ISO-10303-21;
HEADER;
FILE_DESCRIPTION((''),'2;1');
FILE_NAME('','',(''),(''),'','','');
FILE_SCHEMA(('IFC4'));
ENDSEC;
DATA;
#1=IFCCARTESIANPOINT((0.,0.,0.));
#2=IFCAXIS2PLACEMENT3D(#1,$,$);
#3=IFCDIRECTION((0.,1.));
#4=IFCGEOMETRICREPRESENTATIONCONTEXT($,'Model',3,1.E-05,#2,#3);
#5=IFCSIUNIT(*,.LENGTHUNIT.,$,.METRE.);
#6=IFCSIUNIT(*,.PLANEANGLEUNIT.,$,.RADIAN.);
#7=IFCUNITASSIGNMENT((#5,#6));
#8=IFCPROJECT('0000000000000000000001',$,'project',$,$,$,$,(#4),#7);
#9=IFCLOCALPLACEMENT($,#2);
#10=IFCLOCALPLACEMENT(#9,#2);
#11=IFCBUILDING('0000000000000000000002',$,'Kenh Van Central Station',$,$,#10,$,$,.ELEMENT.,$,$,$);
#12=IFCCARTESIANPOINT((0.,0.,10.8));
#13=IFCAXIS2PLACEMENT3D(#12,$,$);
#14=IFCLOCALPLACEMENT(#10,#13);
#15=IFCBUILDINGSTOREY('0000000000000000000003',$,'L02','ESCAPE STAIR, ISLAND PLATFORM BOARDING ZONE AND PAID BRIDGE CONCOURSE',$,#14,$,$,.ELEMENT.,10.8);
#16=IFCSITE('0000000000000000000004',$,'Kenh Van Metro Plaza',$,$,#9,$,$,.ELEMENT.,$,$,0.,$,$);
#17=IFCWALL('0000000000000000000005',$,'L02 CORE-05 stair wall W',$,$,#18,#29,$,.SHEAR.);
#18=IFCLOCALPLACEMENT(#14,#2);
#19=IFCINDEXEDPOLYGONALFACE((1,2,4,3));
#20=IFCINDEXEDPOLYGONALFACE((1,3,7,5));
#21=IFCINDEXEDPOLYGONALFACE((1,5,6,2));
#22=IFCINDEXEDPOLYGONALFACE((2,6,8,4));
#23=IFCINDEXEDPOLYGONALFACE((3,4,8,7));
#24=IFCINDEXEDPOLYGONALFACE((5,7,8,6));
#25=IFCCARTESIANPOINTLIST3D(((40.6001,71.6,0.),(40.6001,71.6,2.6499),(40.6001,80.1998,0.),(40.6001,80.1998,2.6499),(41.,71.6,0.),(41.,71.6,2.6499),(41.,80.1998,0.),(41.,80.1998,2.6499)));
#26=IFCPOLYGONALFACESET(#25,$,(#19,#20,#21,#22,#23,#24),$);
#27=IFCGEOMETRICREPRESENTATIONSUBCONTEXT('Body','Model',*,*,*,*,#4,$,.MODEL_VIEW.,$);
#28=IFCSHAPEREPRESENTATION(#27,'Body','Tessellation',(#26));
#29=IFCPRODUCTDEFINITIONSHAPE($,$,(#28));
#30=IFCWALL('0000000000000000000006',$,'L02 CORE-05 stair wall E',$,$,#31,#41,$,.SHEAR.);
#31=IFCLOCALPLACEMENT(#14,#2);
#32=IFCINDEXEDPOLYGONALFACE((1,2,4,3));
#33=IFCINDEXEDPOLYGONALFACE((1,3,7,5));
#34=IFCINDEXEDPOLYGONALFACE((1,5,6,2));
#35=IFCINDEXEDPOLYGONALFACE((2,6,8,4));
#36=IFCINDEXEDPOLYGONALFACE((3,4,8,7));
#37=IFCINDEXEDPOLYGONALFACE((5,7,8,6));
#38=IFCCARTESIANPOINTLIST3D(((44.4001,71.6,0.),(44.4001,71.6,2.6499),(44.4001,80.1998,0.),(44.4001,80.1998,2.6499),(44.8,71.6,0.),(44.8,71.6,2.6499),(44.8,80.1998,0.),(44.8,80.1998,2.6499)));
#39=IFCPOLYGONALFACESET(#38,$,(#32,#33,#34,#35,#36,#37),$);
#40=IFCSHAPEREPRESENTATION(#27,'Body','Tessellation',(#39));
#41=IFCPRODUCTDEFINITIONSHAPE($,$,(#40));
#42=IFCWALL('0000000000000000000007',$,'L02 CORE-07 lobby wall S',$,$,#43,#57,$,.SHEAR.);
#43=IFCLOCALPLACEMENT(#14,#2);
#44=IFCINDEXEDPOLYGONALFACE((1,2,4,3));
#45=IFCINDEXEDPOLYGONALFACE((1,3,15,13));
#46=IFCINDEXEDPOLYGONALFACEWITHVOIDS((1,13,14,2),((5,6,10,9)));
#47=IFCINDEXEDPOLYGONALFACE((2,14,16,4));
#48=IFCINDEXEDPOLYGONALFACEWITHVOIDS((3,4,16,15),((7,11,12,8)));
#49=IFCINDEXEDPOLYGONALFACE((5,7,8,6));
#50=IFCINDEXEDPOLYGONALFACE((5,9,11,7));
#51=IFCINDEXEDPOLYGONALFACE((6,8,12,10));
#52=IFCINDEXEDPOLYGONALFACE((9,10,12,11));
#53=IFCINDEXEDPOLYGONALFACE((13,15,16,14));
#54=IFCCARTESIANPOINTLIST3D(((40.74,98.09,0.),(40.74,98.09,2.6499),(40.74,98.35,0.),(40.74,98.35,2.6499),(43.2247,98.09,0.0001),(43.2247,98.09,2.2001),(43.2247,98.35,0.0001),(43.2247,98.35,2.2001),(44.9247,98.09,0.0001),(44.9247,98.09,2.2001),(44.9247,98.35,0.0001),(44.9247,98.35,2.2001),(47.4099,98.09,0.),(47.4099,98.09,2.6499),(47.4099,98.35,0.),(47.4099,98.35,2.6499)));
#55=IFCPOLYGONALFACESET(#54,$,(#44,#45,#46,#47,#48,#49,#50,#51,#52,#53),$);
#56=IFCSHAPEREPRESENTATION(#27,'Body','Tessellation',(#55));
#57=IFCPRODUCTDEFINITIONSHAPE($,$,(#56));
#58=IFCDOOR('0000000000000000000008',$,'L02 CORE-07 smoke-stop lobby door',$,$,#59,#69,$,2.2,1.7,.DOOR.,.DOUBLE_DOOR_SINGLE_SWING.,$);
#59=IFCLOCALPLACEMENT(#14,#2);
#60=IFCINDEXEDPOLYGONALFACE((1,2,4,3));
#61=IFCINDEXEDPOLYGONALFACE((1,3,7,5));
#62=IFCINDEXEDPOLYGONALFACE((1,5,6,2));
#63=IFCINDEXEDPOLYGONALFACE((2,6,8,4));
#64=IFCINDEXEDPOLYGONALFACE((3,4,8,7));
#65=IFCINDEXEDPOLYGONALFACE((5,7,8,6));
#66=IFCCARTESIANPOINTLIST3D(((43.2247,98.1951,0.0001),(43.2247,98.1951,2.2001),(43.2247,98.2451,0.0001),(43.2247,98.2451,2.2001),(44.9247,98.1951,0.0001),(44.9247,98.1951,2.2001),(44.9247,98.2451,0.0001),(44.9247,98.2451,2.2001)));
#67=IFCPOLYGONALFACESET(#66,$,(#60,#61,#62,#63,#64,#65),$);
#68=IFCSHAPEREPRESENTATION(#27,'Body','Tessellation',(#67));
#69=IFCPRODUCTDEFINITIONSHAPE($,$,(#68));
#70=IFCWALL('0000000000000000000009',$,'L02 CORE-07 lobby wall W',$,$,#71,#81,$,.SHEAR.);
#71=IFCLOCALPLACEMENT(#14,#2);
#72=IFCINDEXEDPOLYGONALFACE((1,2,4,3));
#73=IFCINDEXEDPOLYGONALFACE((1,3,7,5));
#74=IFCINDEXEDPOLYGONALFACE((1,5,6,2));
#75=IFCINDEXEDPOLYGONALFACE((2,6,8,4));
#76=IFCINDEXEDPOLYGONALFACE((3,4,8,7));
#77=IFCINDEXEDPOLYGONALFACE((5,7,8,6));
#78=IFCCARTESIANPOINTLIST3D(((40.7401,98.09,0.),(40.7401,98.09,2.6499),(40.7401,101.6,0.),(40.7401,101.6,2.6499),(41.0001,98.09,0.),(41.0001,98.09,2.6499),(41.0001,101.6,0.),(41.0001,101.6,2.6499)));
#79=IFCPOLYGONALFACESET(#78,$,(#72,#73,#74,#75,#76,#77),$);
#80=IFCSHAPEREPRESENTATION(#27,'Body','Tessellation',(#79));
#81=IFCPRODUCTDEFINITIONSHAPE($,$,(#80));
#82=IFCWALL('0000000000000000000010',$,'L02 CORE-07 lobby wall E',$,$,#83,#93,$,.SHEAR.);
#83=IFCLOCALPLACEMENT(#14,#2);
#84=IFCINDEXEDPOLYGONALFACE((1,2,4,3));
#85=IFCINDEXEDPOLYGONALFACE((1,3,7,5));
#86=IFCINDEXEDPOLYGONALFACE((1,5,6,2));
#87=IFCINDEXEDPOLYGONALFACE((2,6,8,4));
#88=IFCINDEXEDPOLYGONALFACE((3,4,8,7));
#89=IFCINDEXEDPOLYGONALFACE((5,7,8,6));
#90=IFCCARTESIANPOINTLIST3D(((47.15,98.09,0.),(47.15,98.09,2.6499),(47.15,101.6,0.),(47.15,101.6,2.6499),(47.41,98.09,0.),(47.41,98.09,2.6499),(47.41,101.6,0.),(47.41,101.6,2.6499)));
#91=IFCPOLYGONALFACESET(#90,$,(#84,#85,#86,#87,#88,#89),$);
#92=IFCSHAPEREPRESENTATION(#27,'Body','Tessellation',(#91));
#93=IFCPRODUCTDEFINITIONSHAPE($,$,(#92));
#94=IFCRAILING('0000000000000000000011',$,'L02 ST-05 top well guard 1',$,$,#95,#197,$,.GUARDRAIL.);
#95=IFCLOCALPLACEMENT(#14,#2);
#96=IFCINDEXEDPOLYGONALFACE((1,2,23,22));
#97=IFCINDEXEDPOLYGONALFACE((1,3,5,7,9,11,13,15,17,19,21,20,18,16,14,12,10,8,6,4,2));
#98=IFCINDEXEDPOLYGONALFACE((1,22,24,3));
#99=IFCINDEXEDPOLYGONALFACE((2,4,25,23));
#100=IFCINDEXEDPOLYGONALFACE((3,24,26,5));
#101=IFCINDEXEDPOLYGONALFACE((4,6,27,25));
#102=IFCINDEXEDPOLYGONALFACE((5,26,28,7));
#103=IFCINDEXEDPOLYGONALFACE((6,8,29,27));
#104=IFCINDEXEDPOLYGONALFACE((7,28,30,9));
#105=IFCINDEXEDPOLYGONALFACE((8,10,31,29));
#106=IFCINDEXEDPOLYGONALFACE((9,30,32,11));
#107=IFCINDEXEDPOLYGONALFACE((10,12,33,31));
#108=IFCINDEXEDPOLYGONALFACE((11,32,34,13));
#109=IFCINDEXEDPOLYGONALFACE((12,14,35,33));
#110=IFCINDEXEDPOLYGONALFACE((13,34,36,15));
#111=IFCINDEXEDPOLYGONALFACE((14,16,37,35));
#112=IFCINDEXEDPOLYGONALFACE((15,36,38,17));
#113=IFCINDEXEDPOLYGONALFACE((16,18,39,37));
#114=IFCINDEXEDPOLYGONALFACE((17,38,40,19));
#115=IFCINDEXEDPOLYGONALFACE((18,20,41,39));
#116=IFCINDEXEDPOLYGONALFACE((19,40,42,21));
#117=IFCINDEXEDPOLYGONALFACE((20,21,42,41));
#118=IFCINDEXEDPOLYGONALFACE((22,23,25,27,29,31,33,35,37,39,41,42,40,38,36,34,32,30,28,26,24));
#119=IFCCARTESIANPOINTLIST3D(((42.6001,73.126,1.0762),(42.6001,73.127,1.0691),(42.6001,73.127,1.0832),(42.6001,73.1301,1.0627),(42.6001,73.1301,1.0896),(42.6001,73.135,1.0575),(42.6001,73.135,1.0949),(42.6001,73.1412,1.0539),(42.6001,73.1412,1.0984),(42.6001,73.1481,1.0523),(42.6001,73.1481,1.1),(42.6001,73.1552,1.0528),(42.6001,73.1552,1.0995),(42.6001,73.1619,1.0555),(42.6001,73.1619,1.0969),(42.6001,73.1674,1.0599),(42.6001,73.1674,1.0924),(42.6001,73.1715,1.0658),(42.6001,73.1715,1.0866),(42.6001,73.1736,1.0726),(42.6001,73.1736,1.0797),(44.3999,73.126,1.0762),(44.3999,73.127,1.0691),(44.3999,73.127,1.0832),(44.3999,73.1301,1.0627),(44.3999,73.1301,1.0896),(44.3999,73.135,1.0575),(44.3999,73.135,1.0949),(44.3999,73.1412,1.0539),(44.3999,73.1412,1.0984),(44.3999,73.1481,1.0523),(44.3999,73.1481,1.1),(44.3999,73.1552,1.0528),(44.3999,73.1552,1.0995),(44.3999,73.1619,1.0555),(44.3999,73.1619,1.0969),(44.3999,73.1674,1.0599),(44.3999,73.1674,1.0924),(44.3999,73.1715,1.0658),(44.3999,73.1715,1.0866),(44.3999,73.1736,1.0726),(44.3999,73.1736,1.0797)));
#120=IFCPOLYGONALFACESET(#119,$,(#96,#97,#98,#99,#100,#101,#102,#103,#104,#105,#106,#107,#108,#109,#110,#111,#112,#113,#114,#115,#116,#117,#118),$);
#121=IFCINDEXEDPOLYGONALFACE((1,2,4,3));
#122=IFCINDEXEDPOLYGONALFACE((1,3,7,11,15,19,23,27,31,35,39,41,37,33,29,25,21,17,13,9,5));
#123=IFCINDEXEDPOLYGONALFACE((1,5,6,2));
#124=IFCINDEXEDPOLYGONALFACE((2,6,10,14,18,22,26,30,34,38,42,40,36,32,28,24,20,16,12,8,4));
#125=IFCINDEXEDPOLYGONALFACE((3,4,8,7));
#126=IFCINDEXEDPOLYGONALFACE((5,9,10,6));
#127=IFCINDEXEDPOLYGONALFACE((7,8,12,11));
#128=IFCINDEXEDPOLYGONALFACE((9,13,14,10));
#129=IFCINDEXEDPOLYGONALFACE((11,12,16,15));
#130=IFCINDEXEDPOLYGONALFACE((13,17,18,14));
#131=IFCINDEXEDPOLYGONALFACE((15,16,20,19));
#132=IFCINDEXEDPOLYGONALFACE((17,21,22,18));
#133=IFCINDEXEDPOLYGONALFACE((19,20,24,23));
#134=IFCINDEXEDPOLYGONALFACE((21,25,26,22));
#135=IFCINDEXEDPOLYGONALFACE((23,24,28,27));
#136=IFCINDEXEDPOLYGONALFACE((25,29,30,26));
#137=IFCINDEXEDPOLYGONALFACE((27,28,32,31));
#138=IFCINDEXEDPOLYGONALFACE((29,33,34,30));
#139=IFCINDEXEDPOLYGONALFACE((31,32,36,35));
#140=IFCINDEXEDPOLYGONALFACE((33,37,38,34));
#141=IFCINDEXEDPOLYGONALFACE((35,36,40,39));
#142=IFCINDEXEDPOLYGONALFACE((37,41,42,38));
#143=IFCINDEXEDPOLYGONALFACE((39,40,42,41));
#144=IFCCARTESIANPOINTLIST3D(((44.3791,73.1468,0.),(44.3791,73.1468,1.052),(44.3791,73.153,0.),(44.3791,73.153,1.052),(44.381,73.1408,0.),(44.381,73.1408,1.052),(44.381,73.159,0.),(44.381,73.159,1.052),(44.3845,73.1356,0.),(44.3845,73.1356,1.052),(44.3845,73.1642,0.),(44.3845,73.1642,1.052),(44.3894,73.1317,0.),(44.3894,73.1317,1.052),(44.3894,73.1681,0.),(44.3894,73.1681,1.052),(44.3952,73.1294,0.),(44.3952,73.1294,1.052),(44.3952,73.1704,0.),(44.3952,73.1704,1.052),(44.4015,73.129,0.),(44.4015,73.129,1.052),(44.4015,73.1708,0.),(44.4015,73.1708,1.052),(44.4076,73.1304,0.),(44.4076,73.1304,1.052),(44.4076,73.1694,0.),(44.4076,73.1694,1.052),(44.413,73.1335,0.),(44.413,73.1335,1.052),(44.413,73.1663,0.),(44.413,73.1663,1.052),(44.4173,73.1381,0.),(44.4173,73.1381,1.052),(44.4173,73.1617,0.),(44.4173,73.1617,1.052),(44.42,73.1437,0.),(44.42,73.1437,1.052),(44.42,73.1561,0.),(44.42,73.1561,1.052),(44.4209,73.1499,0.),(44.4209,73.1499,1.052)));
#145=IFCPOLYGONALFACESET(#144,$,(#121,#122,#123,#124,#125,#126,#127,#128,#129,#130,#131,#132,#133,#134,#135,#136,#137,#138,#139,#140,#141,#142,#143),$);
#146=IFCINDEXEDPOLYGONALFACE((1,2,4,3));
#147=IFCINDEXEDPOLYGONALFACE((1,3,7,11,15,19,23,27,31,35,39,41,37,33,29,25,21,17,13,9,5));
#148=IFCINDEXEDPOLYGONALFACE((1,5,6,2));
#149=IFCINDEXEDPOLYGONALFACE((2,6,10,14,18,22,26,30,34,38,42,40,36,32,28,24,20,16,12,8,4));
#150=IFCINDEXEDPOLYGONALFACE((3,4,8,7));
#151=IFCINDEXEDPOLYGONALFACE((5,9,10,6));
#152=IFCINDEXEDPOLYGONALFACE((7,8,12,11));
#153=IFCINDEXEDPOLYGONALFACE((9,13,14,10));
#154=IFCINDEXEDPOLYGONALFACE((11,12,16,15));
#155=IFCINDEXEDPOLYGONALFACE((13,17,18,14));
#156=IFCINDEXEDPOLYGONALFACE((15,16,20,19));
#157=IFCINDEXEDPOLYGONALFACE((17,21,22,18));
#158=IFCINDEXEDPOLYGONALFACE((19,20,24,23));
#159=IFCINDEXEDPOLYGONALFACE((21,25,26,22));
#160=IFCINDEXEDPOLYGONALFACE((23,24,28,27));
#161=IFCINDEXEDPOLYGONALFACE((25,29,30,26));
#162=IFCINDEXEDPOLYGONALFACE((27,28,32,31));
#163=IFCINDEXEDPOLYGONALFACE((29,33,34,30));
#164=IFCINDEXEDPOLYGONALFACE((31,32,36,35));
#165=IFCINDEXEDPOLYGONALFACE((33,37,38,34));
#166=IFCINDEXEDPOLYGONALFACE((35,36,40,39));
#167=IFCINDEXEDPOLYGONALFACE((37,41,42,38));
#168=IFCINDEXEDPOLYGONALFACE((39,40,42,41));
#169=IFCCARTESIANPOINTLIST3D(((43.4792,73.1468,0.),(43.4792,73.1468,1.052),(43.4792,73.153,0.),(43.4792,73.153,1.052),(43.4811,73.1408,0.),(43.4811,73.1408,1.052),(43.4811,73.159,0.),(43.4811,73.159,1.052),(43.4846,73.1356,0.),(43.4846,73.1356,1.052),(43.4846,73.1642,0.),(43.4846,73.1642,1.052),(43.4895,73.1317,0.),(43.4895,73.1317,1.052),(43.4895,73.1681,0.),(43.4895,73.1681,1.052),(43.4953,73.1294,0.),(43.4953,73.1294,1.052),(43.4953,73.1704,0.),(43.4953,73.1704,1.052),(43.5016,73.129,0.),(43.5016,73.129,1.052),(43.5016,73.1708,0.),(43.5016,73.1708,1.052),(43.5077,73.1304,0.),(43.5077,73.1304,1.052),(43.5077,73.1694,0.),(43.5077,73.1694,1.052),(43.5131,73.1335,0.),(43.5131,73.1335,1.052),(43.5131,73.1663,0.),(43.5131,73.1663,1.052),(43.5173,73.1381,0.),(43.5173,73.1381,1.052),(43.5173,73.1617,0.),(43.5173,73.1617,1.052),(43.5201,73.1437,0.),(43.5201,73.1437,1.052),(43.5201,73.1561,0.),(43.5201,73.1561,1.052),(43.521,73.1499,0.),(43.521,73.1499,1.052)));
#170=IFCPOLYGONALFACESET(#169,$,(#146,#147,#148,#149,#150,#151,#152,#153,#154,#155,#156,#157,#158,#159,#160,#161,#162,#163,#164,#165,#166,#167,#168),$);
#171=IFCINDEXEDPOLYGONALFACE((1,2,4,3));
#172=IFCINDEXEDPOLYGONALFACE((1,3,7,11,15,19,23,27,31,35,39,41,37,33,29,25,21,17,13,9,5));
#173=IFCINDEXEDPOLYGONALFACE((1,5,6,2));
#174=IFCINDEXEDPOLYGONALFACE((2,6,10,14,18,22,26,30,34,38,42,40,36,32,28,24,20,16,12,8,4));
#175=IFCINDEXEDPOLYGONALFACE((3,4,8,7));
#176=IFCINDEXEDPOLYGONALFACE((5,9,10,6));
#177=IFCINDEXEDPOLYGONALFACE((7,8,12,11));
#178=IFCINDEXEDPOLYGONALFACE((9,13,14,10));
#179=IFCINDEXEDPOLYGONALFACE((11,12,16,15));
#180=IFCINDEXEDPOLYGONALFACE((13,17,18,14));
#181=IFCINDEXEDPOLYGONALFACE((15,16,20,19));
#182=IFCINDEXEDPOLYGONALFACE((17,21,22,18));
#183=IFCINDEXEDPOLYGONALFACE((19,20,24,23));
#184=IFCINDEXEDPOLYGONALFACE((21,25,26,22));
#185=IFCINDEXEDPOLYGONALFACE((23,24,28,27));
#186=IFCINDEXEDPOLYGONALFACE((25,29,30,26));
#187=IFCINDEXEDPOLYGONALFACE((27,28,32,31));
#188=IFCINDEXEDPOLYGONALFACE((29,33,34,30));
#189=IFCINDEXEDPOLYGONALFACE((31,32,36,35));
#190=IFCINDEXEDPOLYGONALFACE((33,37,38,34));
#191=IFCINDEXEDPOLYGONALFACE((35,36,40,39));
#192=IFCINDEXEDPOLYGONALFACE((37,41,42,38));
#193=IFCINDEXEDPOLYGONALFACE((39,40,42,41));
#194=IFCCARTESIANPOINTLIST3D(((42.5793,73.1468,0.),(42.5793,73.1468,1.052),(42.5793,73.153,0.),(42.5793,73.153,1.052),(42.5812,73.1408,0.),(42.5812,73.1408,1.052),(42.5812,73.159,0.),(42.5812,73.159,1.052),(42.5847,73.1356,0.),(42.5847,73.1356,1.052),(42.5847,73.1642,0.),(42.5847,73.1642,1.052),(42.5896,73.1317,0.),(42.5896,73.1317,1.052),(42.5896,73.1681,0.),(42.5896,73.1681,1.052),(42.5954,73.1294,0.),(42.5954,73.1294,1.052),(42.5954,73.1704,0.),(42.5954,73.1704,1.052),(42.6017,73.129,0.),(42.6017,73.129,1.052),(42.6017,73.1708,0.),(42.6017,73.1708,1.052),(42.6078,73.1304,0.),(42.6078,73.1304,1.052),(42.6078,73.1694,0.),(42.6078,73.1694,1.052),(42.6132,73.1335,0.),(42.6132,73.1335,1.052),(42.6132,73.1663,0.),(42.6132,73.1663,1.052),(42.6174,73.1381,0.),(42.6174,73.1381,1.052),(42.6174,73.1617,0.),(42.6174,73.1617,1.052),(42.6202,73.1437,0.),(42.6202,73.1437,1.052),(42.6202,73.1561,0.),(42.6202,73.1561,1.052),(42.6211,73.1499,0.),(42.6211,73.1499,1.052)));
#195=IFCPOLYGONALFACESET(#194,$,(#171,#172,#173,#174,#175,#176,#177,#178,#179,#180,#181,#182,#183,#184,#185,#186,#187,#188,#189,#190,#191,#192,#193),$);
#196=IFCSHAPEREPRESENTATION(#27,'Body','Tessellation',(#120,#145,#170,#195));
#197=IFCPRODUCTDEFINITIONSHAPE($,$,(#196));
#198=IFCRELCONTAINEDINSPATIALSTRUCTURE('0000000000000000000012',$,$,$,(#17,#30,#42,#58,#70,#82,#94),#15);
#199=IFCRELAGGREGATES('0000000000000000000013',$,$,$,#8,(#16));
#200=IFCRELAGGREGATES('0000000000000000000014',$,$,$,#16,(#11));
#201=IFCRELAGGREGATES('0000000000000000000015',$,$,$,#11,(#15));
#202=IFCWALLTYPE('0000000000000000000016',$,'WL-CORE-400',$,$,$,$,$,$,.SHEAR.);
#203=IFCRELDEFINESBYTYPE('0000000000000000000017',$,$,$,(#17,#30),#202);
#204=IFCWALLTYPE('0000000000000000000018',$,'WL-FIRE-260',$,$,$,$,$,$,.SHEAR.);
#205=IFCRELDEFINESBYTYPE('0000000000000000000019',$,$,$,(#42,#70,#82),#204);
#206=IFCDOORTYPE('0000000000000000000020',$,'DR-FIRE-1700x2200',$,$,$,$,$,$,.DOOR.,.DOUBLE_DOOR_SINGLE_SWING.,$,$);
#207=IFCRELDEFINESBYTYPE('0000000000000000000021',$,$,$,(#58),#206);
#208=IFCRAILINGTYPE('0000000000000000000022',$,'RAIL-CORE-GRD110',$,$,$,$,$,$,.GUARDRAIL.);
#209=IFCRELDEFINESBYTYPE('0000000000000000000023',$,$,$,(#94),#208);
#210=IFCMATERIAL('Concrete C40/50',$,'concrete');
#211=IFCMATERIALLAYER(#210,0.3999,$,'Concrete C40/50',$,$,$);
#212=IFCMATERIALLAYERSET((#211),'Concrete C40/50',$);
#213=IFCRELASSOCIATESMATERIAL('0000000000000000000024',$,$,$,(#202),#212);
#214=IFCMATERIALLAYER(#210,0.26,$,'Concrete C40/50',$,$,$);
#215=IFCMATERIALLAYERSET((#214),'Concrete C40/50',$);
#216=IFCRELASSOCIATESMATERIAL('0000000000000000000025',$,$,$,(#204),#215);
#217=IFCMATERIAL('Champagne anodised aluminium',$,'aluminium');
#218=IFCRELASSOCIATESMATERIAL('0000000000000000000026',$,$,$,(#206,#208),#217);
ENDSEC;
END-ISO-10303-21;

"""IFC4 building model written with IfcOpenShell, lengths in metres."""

from ifc_helpers import new_model, si_unit, direction, frame, frame_2d, origin, origin_2d, place, context, subcontext, project, spatial, rectangle, circle, extrude, material, layer, layer_set, type_object, element, fill, save


model = new_model("IFC4")

# Units and contexts
model_context = context("Model", 3, precision=1e-05, world=origin(), true_north=direction((0.0, 1.0)))
body_context = subcontext(model_context, "Body", "Model", "MODEL_VIEW")
ifc_project = project(units=[si_unit("LENGTHUNIT", "METRE"), si_unit("PLANEANGLEUNIT", "RADIAN")], contexts=[model_context])

# Site, building, storey
site_placement = place(None, origin())
site = spatial("IfcSite", under=ifc_project, at=site_placement, Name="Kenh Van Metro Plaza", CompositionType="ELEMENT", RefElevation=0.0)
building_placement = place(site_placement, origin())
building = spatial("IfcBuilding", under=site, at=building_placement, Name="Kenh Van Central Station", CompositionType="ELEMENT")
storey_placement = place(building_placement, frame((0.0, 0.0, 10.8)))
storey = spatial("IfcBuildingStorey", under=building, at=storey_placement, Name="L02", Description="ESCAPE STAIR, ISLAND PLATFORM BOARDING ZONE AND PAID BRIDGE CONCOURSE", CompositionType="ELEMENT", Elevation=10.8)

# Shared definitions
ifc_material_1 = material(Name="Concrete C40/50", Category="concrete")
ifc_material_2 = material(Name="Champagne anodised aluminium", Category="aluminium")

# Shared definitions
ifc_layer_1 = layer(ifc_material_1, 0.3999, Name="Concrete C40/50")
ifc_layer_set_1 = layer_set([ifc_layer_1], Name="Concrete C40/50")
wall_type_1 = type_object("IfcWallType", Name="WL-CORE-400", PredefinedType="SHEAR", material=ifc_layer_set_1)

# Walls
for number, where, z_axis, x_axis, name in (
    (1, (40.8, 71.6001, 0.0), (0.0, 0.0, 1.0), (0.0, 1.0, 0.0), "L02 CORE-05 stair wall W"),
    (2, (44.6001, 71.6001, 0.0), (0.0, 0.0, 1.0), (0.0, 1.0, 0.0), "L02 CORE-05 stair wall E"),
):
    element("IfcWall", number, at=place(storey_placement, frame(where, z_axis=z_axis, x_axis=x_axis)), inside=storey, type_object=wall_type_1, Name=name, PredefinedType="SHEAR", context=body_context, shape_type="SweptSolid", body=[
        extrude(rectangle(XDim=8.5999, YDim=0.3999, at=frame_2d((4.2998, 0.0))), origin(), (0.0, 0.0, 1.0), 2.6499),
    ])

# Wall, opening, door
ifc_layer_2 = layer(ifc_material_1, 0.26, Name="Concrete C40/50")
ifc_layer_set_2 = layer_set([ifc_layer_2], Name="Concrete C40/50")
wall_type_2 = type_object("IfcWallType", Name="WL-FIRE-260", PredefinedType="SHEAR", material=ifc_layer_set_2)
wall_1_placement = place(storey_placement, frame((47.4099, 98.22, 0.0), z_axis=(0.0, 0.0, 1.0), x_axis=(-1.0, 0.0, 0.0)))
wall_1 = element("IfcWall", 3, at=wall_1_placement, inside=storey, type_object=wall_type_2, Name="L02 CORE-07 lobby wall S", PredefinedType="SHEAR", context=body_context, shape_type="SweptSolid", body=[
    extrude(rectangle(XDim=6.6699, YDim=0.26, at=frame_2d((3.335, 0.0))), origin(), (0.0, 0.0, 1.0), 2.6499),
])
opening_1_placement = place(wall_1_placement, frame((2.4851, 0.0, 0.0)))
opening_1 = element("IfcOpeningElement", 4, at=opening_1_placement, cuts=wall_1, PredefinedType="OPENING", context=body_context, shape_type="SweptSolid", body=[
    extrude(rectangle(XDim=1.7, YDim=2.2, at=frame_2d((0.8501, 1.1001))), frame((0.0, 0.1399, 0.0), z_axis=(0.0, -1.0, 0.0), x_axis=(1.0, 0.0, 0.0)), (0.0, 0.0, 1.0), 0.28),
])
door_type_1 = type_object("IfcDoorType", Name="DR-FIRE-1700x2200", OperationType="DOUBLE_DOOR_SINGLE_SWING", PredefinedType="DOOR", material=ifc_material_2)
door_1_placement = place(opening_1_placement, origin())
door_1 = element("IfcDoor", 5, at=door_1_placement, inside=storey, type_object=door_type_1, Name="L02 CORE-07 smoke-stop lobby door", OperationType="DOUBLE_DOOR_SINGLE_SWING", OverallHeight=2.2, OverallWidth=1.7, PredefinedType="DOOR", context=body_context, shape_type="SweptSolid", body=[
    extrude(rectangle(XDim=1.7, YDim=2.2, at=frame_2d((0.8501, 1.1001))), frame((0.0, 0.0249, 0.0), z_axis=(0.0, -1.0, 0.0), x_axis=(1.0, 0.0, 0.0)), (0.0, 0.0, 1.0), 0.05),
])
fill(opening_1, door_1)

# Walls
for number, where, z_axis, x_axis, name in (
    (6, (40.8701, 98.0901, 0.0), (0.0, 0.0, 1.0), (0.0, 1.0, 0.0), "L02 CORE-07 lobby wall W"),
    (7, (47.28, 98.0901, 0.0), (0.0, 0.0, 1.0), (0.0, 1.0, 0.0), "L02 CORE-07 lobby wall E"),
):
    element("IfcWall", number, at=place(storey_placement, frame(where, z_axis=z_axis, x_axis=x_axis)), inside=storey, type_object=wall_type_2, Name=name, PredefinedType="SHEAR", context=body_context, shape_type="SweptSolid", body=[
        extrude(rectangle(XDim=3.51, YDim=0.26, at=frame_2d((1.7549, 0.0))), origin(), (0.0, 0.0, 1.0), 2.6499),
    ])

# Railing
railing_type_1 = type_object("IfcRailingType", Name="RAIL-CORE-GRD110", PredefinedType="GUARDRAIL", material=ifc_material_2)
railing_1_placement = place(storey_placement, frame((44.3999, 73.1499, 0.0)))
element("IfcRailing", 8, at=railing_1_placement, inside=storey, type_object=railing_type_1, Name="L02 ST-05 top well guard 1", PredefinedType="GUARDRAIL", context=body_context, shape_type="SweptSolid", body=[
    extrude(circle(Radius=0.0239, at=origin_2d()), frame((0.0, 0.0, 1.0762), z_axis=(-1.0, 0.0, 0.0), x_axis=(0.0, -1.0, 0.0)), (0.0, 0.0, 1.0), 1.7998),
    extrude(circle(Radius=0.021, at=origin_2d()), origin(), (0.0, 0.0, 1.0), 1.052),
    extrude(circle(Radius=0.021, at=origin_2d()), frame((-0.8999, 0.0, 0.0)), (0.0, 0.0, 1.0), 1.052),
    extrude(circle(Radius=0.021, at=origin_2d()), frame((-1.7998, 0.0, 0.0)), (0.0, 0.0, 1.0), 1.052),
])

save(model, "model.ifc")
